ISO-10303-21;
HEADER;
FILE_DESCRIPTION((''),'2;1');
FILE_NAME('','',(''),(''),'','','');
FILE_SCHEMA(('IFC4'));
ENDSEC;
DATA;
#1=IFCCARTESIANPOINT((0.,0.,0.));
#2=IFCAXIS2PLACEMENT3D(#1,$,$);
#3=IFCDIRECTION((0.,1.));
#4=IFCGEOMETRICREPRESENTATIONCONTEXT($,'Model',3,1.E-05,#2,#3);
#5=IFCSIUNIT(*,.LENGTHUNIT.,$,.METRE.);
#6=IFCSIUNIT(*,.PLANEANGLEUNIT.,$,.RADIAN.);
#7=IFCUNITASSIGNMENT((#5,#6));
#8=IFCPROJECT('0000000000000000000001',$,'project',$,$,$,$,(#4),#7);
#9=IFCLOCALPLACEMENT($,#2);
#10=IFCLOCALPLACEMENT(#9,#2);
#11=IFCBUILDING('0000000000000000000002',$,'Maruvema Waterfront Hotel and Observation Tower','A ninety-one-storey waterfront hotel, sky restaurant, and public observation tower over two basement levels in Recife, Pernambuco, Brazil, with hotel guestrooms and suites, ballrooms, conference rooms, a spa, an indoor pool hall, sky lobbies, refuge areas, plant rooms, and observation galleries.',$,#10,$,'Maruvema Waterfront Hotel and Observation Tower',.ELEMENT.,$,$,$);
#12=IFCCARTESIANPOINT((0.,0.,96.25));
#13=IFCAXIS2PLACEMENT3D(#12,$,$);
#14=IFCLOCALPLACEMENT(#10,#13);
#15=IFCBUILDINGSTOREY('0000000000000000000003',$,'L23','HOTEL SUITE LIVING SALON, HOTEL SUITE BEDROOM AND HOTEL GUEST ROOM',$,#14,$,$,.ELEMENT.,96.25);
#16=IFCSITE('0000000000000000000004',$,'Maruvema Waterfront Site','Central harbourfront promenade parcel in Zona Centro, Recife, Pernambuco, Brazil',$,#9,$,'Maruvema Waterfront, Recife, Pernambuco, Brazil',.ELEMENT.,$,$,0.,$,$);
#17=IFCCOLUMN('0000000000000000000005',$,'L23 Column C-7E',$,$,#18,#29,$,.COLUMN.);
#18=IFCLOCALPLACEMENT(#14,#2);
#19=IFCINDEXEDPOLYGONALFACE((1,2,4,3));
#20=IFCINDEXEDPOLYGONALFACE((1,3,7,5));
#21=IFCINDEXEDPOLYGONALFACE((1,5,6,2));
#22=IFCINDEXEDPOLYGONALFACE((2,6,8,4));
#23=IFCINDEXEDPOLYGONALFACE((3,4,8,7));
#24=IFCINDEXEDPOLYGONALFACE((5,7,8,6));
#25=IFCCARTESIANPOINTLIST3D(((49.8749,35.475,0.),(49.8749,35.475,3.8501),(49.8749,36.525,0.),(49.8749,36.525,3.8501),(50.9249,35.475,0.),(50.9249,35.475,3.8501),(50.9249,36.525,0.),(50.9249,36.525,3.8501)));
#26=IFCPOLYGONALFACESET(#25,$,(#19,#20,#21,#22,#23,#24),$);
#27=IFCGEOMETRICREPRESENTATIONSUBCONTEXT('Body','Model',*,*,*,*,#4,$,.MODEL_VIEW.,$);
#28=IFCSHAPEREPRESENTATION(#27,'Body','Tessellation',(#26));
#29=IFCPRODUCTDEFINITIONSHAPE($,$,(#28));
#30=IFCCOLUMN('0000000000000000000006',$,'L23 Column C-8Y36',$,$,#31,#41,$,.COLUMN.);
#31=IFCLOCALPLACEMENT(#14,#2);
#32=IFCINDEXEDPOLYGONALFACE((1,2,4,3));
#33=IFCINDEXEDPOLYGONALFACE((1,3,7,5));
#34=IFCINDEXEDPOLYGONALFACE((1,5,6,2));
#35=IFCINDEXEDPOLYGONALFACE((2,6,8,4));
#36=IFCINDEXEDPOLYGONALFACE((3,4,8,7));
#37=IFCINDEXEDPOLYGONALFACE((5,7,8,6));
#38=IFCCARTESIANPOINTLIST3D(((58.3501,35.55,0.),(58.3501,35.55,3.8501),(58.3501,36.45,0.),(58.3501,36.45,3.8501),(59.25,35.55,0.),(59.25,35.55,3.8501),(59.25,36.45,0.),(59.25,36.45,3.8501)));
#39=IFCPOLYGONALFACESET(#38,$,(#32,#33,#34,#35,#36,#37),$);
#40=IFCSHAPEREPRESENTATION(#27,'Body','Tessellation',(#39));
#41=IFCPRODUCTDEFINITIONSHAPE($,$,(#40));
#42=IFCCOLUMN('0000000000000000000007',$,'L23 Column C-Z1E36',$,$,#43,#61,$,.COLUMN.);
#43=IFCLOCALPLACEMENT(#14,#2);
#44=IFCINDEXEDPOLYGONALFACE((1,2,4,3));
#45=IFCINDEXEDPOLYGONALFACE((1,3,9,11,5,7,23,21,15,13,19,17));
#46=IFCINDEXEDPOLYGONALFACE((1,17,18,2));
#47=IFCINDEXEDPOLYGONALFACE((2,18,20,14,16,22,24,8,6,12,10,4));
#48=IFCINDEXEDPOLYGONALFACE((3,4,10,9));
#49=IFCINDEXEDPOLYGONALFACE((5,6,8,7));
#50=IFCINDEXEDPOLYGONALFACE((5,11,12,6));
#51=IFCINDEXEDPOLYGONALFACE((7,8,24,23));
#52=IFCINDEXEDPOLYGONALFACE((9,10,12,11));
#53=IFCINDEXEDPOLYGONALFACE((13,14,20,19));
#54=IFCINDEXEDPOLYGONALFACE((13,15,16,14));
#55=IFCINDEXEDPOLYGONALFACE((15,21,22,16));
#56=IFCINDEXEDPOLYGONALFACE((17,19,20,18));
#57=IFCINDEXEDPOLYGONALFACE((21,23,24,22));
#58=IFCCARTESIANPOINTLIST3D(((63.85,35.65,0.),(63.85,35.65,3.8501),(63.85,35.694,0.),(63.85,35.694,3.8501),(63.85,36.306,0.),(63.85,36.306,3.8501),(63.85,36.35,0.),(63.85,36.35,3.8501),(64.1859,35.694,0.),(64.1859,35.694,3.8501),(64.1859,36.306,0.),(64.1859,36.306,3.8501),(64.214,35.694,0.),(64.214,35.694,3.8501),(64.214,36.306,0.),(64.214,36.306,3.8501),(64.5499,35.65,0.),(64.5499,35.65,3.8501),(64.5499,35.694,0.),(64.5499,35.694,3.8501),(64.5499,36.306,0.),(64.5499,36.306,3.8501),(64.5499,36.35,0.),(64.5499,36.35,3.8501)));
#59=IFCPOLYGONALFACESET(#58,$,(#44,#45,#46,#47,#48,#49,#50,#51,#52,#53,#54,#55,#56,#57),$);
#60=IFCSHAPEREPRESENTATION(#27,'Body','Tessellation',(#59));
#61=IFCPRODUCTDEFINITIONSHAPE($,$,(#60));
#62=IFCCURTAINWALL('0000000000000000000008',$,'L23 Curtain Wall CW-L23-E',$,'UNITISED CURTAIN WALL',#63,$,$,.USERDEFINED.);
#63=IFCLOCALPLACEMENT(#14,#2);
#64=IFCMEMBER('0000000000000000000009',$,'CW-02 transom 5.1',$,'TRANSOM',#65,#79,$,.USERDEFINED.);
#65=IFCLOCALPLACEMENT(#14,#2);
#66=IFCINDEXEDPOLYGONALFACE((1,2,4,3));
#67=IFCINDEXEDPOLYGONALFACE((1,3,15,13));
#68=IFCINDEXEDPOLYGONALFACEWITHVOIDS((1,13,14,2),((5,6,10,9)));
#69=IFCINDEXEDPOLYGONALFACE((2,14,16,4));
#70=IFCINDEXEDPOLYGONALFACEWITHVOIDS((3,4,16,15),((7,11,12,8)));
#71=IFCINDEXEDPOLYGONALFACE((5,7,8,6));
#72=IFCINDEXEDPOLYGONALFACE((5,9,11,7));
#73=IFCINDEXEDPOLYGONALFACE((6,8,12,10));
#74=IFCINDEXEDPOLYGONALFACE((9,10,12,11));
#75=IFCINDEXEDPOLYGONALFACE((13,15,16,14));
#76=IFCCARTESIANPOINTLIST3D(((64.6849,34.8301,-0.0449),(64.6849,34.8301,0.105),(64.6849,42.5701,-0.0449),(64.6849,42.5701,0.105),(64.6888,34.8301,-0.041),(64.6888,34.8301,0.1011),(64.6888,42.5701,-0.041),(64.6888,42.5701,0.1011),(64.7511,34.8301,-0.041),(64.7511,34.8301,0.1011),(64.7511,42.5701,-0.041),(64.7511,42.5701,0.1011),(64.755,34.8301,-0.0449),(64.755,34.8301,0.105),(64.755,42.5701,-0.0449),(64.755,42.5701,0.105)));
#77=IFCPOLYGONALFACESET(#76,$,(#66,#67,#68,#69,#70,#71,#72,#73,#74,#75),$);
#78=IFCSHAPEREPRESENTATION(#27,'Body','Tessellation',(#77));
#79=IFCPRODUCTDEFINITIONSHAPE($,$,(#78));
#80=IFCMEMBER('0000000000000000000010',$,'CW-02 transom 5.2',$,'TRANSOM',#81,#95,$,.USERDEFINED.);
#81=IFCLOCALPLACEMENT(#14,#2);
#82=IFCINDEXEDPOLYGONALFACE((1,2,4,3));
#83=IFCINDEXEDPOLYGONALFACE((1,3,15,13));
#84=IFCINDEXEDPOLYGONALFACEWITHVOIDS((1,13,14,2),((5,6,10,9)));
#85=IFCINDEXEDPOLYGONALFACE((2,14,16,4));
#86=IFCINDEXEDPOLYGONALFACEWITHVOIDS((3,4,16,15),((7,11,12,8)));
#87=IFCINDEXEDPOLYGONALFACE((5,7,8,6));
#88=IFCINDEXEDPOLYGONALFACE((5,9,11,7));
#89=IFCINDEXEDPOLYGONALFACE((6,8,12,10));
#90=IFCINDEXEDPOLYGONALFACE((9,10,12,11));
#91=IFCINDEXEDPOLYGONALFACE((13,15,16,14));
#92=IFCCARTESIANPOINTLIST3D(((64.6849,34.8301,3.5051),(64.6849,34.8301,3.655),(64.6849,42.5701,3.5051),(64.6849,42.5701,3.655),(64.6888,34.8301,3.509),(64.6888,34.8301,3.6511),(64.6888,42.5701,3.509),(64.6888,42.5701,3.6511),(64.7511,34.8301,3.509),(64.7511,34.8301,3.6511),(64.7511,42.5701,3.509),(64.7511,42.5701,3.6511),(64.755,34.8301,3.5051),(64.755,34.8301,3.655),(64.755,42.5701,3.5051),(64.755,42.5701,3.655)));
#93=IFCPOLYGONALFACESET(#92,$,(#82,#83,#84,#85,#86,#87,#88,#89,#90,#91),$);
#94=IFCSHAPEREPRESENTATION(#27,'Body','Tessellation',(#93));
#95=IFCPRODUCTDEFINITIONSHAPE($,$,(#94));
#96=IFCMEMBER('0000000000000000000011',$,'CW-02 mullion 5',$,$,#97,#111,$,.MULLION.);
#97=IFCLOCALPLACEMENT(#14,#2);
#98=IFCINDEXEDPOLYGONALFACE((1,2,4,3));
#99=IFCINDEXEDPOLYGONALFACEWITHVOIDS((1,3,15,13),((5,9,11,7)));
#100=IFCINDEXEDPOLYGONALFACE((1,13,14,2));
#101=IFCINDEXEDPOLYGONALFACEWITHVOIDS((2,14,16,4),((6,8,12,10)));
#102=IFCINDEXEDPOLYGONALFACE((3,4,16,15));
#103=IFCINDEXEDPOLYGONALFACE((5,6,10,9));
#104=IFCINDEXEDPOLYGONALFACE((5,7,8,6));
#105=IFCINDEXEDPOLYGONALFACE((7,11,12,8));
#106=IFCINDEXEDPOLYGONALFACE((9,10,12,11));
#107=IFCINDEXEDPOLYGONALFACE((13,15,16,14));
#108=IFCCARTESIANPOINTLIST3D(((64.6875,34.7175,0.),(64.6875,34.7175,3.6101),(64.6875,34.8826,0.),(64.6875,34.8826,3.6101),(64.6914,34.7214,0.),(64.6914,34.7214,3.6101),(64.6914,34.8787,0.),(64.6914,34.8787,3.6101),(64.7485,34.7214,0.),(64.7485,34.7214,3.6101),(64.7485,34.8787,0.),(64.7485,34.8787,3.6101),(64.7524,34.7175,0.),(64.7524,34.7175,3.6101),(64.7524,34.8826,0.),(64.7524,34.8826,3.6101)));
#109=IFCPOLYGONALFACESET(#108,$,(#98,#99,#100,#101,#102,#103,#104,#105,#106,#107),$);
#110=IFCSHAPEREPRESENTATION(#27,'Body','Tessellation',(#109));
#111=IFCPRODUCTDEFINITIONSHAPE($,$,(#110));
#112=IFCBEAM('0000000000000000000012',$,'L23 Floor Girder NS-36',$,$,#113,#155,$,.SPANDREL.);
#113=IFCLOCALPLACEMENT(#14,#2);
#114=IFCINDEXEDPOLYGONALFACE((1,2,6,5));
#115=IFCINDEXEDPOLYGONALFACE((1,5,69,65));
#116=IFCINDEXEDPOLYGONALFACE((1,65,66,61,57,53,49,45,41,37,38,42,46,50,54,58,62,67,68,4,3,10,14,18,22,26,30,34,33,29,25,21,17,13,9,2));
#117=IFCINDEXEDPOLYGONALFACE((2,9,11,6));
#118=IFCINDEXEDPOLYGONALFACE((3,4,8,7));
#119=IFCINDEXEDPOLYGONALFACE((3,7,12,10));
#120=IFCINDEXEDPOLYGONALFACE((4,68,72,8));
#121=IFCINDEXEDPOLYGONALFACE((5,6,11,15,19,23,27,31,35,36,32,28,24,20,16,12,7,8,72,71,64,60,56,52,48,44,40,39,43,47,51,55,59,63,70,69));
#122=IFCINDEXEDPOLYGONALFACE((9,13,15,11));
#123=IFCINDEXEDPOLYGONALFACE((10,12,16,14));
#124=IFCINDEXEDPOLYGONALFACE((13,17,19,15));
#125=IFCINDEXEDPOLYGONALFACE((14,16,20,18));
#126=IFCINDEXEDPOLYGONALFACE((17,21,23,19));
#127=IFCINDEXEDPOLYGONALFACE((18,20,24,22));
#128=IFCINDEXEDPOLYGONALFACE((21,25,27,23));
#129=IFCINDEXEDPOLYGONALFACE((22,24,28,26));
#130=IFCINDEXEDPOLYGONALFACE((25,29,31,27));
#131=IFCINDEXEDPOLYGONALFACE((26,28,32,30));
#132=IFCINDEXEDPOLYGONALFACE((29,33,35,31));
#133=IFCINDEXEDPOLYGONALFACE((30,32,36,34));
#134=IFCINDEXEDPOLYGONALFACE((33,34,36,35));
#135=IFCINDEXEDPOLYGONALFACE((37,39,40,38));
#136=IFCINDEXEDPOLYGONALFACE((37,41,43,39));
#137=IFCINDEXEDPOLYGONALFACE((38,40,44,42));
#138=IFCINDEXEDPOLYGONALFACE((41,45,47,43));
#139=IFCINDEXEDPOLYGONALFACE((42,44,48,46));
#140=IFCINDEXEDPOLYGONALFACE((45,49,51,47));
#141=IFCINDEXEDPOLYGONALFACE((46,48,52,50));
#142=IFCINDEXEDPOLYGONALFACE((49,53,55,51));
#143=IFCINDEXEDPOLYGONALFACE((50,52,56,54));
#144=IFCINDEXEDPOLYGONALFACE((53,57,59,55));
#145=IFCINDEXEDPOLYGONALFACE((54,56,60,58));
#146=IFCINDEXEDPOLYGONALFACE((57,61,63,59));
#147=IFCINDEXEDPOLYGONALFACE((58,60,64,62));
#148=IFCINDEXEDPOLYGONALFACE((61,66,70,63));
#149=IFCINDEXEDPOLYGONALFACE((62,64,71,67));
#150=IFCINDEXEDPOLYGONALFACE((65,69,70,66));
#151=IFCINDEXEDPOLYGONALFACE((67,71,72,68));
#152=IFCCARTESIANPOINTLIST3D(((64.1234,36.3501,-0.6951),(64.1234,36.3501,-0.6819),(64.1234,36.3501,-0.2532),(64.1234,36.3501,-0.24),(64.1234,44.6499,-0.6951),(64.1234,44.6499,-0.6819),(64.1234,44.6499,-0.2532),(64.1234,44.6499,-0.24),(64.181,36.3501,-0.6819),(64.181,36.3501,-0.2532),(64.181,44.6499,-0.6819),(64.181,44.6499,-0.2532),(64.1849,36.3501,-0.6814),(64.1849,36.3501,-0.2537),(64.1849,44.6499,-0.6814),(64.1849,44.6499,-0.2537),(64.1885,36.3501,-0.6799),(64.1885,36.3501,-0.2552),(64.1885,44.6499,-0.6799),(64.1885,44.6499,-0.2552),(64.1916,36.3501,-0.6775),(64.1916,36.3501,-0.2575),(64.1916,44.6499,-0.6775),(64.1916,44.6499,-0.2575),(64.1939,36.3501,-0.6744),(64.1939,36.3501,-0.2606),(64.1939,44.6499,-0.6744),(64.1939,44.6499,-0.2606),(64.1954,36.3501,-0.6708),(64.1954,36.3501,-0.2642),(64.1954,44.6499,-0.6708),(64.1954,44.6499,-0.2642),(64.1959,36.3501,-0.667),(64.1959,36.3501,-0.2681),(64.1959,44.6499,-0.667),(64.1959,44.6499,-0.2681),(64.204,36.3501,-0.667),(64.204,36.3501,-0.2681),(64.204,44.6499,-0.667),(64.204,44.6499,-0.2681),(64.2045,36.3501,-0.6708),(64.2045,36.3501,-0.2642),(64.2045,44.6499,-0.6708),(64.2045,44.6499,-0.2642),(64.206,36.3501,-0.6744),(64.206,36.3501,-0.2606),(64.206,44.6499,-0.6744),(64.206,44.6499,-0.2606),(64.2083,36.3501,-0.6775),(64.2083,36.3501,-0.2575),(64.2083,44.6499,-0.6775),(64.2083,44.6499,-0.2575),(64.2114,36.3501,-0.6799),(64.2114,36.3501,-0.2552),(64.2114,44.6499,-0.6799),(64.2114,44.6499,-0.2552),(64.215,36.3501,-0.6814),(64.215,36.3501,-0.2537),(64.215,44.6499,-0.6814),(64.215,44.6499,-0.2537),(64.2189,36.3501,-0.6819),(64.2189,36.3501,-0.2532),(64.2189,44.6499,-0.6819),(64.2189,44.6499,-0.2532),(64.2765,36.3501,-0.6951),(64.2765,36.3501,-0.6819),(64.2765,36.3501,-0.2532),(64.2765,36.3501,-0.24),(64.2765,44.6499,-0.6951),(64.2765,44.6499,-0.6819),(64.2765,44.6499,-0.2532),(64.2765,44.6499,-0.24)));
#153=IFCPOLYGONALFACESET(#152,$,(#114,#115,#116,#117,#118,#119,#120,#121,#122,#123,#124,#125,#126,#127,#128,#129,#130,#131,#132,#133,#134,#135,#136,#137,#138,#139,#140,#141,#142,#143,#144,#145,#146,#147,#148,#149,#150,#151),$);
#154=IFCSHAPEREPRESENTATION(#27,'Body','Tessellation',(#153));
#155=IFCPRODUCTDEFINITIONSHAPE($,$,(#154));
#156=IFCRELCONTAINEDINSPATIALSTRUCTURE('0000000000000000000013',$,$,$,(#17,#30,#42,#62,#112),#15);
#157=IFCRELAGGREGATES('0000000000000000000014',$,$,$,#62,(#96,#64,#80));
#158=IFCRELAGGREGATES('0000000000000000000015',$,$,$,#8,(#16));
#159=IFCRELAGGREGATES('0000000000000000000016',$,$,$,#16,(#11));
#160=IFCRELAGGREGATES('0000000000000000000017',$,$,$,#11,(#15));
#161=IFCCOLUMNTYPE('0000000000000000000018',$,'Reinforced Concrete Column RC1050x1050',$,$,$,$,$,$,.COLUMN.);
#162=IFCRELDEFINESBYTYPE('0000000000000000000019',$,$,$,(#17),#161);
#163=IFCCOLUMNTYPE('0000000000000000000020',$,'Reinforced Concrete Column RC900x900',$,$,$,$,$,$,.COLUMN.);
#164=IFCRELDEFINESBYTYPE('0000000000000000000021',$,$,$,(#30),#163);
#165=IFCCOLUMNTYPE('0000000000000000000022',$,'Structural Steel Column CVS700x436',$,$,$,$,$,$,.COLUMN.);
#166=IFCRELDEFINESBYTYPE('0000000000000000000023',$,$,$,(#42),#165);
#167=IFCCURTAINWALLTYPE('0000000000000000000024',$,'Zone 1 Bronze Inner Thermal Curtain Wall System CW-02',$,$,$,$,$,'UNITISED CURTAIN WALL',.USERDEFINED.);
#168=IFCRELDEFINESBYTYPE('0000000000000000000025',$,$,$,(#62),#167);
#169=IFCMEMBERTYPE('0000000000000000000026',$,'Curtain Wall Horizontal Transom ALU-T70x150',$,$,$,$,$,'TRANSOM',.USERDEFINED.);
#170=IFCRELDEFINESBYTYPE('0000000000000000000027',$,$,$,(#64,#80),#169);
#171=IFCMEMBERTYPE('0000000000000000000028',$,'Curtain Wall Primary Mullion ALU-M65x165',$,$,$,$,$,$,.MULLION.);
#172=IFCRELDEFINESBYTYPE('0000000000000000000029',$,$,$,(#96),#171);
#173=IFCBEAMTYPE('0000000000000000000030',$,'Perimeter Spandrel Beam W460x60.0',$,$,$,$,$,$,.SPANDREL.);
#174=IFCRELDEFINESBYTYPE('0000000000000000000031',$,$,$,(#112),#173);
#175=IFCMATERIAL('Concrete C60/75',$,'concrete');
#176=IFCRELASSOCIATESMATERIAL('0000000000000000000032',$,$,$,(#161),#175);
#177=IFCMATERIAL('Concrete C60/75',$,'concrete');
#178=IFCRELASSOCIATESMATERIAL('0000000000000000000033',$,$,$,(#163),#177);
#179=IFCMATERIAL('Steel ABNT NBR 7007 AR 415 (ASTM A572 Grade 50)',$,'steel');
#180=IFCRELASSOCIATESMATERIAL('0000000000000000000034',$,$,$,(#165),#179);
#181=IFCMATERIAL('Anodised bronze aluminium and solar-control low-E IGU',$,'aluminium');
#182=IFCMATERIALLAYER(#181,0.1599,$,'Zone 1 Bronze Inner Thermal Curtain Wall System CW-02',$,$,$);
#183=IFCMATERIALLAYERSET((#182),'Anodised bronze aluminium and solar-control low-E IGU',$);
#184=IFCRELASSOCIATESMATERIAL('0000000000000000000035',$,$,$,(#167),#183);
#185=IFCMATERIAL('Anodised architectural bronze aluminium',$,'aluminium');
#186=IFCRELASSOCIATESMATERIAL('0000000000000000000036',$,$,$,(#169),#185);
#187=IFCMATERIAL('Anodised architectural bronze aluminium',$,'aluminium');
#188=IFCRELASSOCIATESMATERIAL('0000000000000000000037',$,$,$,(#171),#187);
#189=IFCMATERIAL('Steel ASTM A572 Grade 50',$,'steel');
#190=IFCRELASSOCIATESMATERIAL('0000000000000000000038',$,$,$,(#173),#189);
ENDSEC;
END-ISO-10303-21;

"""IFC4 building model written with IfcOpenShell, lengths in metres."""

from ifc_helpers import new_model, si_unit, direction, frame, origin, origin_2d, place, context, subcontext, project, spatial, rectangle, hollow_rectangle, i_section, extrude, material, layer, layer_set, material_profile, profile_set, type_object, element, aggregate, save


model = new_model("IFC4")

# Units and contexts
model_context = context("Model", 3, precision=1e-05, world=origin(), true_north=direction((0.0, 1.0)))
body_context = subcontext(model_context, "Body", "Model", "MODEL_VIEW")
ifc_project = project(units=[si_unit("LENGTHUNIT", "METRE"), si_unit("PLANEANGLEUNIT", "RADIAN")], contexts=[model_context])

# Site, building, storey
site_placement = place(None, origin())
site = spatial("IfcSite", under=ifc_project, at=site_placement, Name="Maruvema Waterfront Site", Description="Central harbourfront promenade parcel in Zona Centro, Recife, Pernambuco, Brazil", LongName="Maruvema Waterfront, Recife, Pernambuco, Brazil", CompositionType="ELEMENT", RefElevation=0.0)
building_placement = place(site_placement, origin())
building = spatial("IfcBuilding", under=site, at=building_placement, Name="Maruvema Waterfront Hotel and Observation Tower", Description="A ninety-one-storey waterfront hotel, sky restaurant, and public observation tower over two basement levels in Recife, Pernambuco, Brazil, with hotel guestrooms and suites, ballrooms, conference rooms, a spa, an indoor pool hall, sky lobbies, refuge areas, plant rooms, and observation galleries.", LongName="Maruvema Waterfront Hotel and Observation Tower", CompositionType="ELEMENT")
storey_placement = place(building_placement, frame((0.0, 0.0, 96.25)))
storey = spatial("IfcBuildingStorey", under=building, at=storey_placement, Name="L23", Description="HOTEL SUITE LIVING SALON, HOTEL SUITE BEDROOM AND HOTEL GUEST ROOM", CompositionType="ELEMENT", Elevation=96.25)

# Columns
ifc_material_1 = material(Name="Concrete C60/75", Category="concrete")
ifc_material_profile_1 = material_profile(ifc_material_1, rectangle(XDim=1.05, YDim=1.05, at=origin_2d()), Name="RC1050x1050")
ifc_profile_set_1 = profile_set([ifc_material_profile_1], Name="Concrete C60/75")
column_type_1 = type_object("IfcColumnType", Name="Reinforced Concrete Column RC1050x1050", PredefinedType="COLUMN", material=ifc_profile_set_1)
column_1_placement = place(storey_placement, frame((50.3999, 36.0, 0.0), z_axis=(0.0, 0.0, 1.0), x_axis=(1.0, 0.0, 0.0)))
element("IfcColumn", 1, at=column_1_placement, inside=storey, type_object=column_type_1, Name="L23 Column C-7E", PredefinedType="COLUMN", context=body_context, shape_type="SweptSolid", body=[
    extrude(rectangle(XDim=1.05, YDim=1.05, at=origin_2d()), origin(), (0.0, 0.0, 1.0), 3.8501),
])
ifc_material_2 = material(Name="Concrete C60/75", Category="concrete")
ifc_material_profile_2 = material_profile(ifc_material_2, rectangle(XDim=0.8999, YDim=0.8999, at=origin_2d()), Name="RC900x900")
ifc_profile_set_2 = profile_set([ifc_material_profile_2], Name="Concrete C60/75")
column_type_2 = type_object("IfcColumnType", Name="Reinforced Concrete Column RC900x900", PredefinedType="COLUMN", material=ifc_profile_set_2)
column_2_placement = place(storey_placement, frame((58.8, 36.0, 0.0), z_axis=(0.0, 0.0, 1.0), x_axis=(1.0, 0.0, 0.0)))
element("IfcColumn", 2, at=column_2_placement, inside=storey, type_object=column_type_2, Name="L23 Column C-8Y36", PredefinedType="COLUMN", context=body_context, shape_type="SweptSolid", body=[
    extrude(rectangle(XDim=0.8999, YDim=0.8999, at=origin_2d()), origin(), (0.0, 0.0, 1.0), 3.8501),
])
ifc_material_3 = material(Name="Steel ABNT NBR 7007 AR 415 (ASTM A572 Grade 50)", Category="steel")
ifc_material_profile_3 = material_profile(ifc_material_3, i_section(OverallWidth=0.7, OverallDepth=0.7, WebThickness=0.0281, FlangeThickness=0.0439, at=origin_2d()), Name="CVS700x436")
ifc_profile_set_3 = profile_set([ifc_material_profile_3], Name="Steel ABNT NBR 7007 AR 415 (ASTM A572 Grade 50)")
column_type_3 = type_object("IfcColumnType", Name="Structural Steel Column CVS700x436", PredefinedType="COLUMN", material=ifc_profile_set_3)
column_3_placement = place(storey_placement, frame((64.2, 36.0, 0.0), z_axis=(0.0, 0.0, 1.0), x_axis=(1.0, 0.0, 0.0)))
element("IfcColumn", 3, at=column_3_placement, inside=storey, type_object=column_type_3, Name="L23 Column C-Z1E36", PredefinedType="COLUMN", context=body_context, shape_type="SweptSolid", body=[
    extrude(i_section(OverallWidth=0.7, OverallDepth=0.7, WebThickness=0.0281, FlangeThickness=0.0439, at=origin_2d()), origin(), (0.0, 0.0, 1.0), 3.8501),
])

# Curtain wall, members
ifc_material_4 = material(Name="Anodised bronze aluminium and solar-control low-E IGU", Category="aluminium")
ifc_layer_1 = layer(ifc_material_4, 0.1599, Name="Zone 1 Bronze Inner Thermal Curtain Wall System CW-02")
ifc_layer_set_1 = layer_set([ifc_layer_1], Name="Anodised bronze aluminium and solar-control low-E IGU")
curtain_wall_type = type_object("IfcCurtainWallType", Name="Zone 1 Bronze Inner Thermal Curtain Wall System CW-02", ElementType="UNITISED CURTAIN WALL", PredefinedType="USERDEFINED", material=ifc_layer_set_1)
curtain_wall_placement = place(storey_placement, origin())
curtain_wall = element("IfcCurtainWall", 4, at=curtain_wall_placement, inside=storey, type_object=curtain_wall_type, Name="L23 Curtain Wall CW-L23-E", ObjectType="UNITISED CURTAIN WALL", PredefinedType="USERDEFINED")
ifc_material_5 = material(Name="Anodised architectural bronze aluminium", Category="aluminium")
ifc_material_profile_4 = material_profile(ifc_material_5, hollow_rectangle(XDim=0.0701, YDim=0.1499, WallThickness=0.0039, at=origin_2d()), Name="ALU-T70x150")
ifc_profile_set_4 = profile_set([ifc_material_profile_4], Name="Anodised architectural bronze aluminium")
member_type_1 = type_object("IfcMemberType", Name="Curtain Wall Horizontal Transom ALU-T70x150", ElementType="TRANSOM", PredefinedType="USERDEFINED", material=ifc_profile_set_4)
member_1_placement = place(storey_placement, frame((64.72, 34.8301, 0.03), z_axis=(0.0, 1.0, 0.0), x_axis=(-1.0, 0.0, 0.0)))
member_1 = element("IfcMember", 5, at=member_1_placement, type_object=member_type_1, Name="CW-02 transom 5.1", ObjectType="TRANSOM", PredefinedType="USERDEFINED", context=body_context, shape_type="SweptSolid", body=[
    extrude(hollow_rectangle(XDim=0.0701, YDim=0.1499, WallThickness=0.0039, at=origin_2d()), origin(), (0.0, 0.0, 1.0), 7.74),
])
member_2_placement = place(storey_placement, frame((64.72, 34.8301, 3.5801), z_axis=(0.0, 1.0, 0.0), x_axis=(-1.0, 0.0, 0.0)))
member_2 = element("IfcMember", 6, at=member_2_placement, type_object=member_type_1, Name="CW-02 transom 5.2", ObjectType="TRANSOM", PredefinedType="USERDEFINED", context=body_context, shape_type="SweptSolid", body=[
    extrude(hollow_rectangle(XDim=0.0701, YDim=0.1499, WallThickness=0.0039, at=origin_2d()), origin(), (0.0, 0.0, 1.0), 7.74),
])
ifc_material_6 = material(Name="Anodised architectural bronze aluminium", Category="aluminium")
ifc_material_profile_5 = material_profile(ifc_material_6, hollow_rectangle(XDim=0.0649, YDim=0.165, WallThickness=0.0039, at=origin_2d()), Name="ALU-M65x165")
ifc_profile_set_5 = profile_set([ifc_material_profile_5], Name="Anodised architectural bronze aluminium")
member_type_2 = type_object("IfcMemberType", Name="Curtain Wall Primary Mullion ALU-M65x165", PredefinedType="MULLION", material=ifc_profile_set_5)
member_3_placement = place(storey_placement, frame((64.72, 34.8, 0.0), z_axis=(0.0, 0.0, 1.0), x_axis=(-1.0, 0.0, 0.0)))
member_3 = element("IfcMember", 7, at=member_3_placement, type_object=member_type_2, Name="CW-02 mullion 5", PredefinedType="MULLION", context=body_context, shape_type="SweptSolid", body=[
    extrude(hollow_rectangle(XDim=0.0649, YDim=0.165, WallThickness=0.0039, at=origin_2d()), origin(), (0.0, 0.0, 1.0), 3.6101),
])

# Beam
ifc_material_7 = material(Name="Steel ASTM A572 Grade 50", Category="steel")
ifc_material_profile_6 = material_profile(ifc_material_7, i_section(OverallWidth=0.1531, OverallDepth=0.4551, WebThickness=0.0081, FlangeThickness=0.0132, FilletRadius=0.0149, at=origin_2d()), Name="W460x60.0")
ifc_profile_set_6 = profile_set([ifc_material_profile_6], Name="Steel ASTM A572 Grade 50")
beam_type_1 = type_object("IfcBeamType", Name="Perimeter Spandrel Beam W460x60.0", PredefinedType="SPANDREL", material=ifc_profile_set_6)
beam_1_placement = place(storey_placement, frame((64.2, 36.3501, -0.4675), z_axis=(0.0, 1.0, 0.0), x_axis=(-1.0, 0.0, 0.0)))
element("IfcBeam", 8, at=beam_1_placement, inside=storey, type_object=beam_type_1, Name="L23 Floor Girder NS-36", PredefinedType="SPANDREL", context=body_context, shape_type="SweptSolid", body=[
    extrude(i_section(OverallWidth=0.1531, OverallDepth=0.4551, WebThickness=0.0081, FlangeThickness=0.0132, FilletRadius=0.0149, at=origin_2d()), origin(), (0.0, 0.0, 1.0), 8.2998),
])

aggregate(curtain_wall, [member_3, member_1, member_2])

save(model, "model.ifc")
